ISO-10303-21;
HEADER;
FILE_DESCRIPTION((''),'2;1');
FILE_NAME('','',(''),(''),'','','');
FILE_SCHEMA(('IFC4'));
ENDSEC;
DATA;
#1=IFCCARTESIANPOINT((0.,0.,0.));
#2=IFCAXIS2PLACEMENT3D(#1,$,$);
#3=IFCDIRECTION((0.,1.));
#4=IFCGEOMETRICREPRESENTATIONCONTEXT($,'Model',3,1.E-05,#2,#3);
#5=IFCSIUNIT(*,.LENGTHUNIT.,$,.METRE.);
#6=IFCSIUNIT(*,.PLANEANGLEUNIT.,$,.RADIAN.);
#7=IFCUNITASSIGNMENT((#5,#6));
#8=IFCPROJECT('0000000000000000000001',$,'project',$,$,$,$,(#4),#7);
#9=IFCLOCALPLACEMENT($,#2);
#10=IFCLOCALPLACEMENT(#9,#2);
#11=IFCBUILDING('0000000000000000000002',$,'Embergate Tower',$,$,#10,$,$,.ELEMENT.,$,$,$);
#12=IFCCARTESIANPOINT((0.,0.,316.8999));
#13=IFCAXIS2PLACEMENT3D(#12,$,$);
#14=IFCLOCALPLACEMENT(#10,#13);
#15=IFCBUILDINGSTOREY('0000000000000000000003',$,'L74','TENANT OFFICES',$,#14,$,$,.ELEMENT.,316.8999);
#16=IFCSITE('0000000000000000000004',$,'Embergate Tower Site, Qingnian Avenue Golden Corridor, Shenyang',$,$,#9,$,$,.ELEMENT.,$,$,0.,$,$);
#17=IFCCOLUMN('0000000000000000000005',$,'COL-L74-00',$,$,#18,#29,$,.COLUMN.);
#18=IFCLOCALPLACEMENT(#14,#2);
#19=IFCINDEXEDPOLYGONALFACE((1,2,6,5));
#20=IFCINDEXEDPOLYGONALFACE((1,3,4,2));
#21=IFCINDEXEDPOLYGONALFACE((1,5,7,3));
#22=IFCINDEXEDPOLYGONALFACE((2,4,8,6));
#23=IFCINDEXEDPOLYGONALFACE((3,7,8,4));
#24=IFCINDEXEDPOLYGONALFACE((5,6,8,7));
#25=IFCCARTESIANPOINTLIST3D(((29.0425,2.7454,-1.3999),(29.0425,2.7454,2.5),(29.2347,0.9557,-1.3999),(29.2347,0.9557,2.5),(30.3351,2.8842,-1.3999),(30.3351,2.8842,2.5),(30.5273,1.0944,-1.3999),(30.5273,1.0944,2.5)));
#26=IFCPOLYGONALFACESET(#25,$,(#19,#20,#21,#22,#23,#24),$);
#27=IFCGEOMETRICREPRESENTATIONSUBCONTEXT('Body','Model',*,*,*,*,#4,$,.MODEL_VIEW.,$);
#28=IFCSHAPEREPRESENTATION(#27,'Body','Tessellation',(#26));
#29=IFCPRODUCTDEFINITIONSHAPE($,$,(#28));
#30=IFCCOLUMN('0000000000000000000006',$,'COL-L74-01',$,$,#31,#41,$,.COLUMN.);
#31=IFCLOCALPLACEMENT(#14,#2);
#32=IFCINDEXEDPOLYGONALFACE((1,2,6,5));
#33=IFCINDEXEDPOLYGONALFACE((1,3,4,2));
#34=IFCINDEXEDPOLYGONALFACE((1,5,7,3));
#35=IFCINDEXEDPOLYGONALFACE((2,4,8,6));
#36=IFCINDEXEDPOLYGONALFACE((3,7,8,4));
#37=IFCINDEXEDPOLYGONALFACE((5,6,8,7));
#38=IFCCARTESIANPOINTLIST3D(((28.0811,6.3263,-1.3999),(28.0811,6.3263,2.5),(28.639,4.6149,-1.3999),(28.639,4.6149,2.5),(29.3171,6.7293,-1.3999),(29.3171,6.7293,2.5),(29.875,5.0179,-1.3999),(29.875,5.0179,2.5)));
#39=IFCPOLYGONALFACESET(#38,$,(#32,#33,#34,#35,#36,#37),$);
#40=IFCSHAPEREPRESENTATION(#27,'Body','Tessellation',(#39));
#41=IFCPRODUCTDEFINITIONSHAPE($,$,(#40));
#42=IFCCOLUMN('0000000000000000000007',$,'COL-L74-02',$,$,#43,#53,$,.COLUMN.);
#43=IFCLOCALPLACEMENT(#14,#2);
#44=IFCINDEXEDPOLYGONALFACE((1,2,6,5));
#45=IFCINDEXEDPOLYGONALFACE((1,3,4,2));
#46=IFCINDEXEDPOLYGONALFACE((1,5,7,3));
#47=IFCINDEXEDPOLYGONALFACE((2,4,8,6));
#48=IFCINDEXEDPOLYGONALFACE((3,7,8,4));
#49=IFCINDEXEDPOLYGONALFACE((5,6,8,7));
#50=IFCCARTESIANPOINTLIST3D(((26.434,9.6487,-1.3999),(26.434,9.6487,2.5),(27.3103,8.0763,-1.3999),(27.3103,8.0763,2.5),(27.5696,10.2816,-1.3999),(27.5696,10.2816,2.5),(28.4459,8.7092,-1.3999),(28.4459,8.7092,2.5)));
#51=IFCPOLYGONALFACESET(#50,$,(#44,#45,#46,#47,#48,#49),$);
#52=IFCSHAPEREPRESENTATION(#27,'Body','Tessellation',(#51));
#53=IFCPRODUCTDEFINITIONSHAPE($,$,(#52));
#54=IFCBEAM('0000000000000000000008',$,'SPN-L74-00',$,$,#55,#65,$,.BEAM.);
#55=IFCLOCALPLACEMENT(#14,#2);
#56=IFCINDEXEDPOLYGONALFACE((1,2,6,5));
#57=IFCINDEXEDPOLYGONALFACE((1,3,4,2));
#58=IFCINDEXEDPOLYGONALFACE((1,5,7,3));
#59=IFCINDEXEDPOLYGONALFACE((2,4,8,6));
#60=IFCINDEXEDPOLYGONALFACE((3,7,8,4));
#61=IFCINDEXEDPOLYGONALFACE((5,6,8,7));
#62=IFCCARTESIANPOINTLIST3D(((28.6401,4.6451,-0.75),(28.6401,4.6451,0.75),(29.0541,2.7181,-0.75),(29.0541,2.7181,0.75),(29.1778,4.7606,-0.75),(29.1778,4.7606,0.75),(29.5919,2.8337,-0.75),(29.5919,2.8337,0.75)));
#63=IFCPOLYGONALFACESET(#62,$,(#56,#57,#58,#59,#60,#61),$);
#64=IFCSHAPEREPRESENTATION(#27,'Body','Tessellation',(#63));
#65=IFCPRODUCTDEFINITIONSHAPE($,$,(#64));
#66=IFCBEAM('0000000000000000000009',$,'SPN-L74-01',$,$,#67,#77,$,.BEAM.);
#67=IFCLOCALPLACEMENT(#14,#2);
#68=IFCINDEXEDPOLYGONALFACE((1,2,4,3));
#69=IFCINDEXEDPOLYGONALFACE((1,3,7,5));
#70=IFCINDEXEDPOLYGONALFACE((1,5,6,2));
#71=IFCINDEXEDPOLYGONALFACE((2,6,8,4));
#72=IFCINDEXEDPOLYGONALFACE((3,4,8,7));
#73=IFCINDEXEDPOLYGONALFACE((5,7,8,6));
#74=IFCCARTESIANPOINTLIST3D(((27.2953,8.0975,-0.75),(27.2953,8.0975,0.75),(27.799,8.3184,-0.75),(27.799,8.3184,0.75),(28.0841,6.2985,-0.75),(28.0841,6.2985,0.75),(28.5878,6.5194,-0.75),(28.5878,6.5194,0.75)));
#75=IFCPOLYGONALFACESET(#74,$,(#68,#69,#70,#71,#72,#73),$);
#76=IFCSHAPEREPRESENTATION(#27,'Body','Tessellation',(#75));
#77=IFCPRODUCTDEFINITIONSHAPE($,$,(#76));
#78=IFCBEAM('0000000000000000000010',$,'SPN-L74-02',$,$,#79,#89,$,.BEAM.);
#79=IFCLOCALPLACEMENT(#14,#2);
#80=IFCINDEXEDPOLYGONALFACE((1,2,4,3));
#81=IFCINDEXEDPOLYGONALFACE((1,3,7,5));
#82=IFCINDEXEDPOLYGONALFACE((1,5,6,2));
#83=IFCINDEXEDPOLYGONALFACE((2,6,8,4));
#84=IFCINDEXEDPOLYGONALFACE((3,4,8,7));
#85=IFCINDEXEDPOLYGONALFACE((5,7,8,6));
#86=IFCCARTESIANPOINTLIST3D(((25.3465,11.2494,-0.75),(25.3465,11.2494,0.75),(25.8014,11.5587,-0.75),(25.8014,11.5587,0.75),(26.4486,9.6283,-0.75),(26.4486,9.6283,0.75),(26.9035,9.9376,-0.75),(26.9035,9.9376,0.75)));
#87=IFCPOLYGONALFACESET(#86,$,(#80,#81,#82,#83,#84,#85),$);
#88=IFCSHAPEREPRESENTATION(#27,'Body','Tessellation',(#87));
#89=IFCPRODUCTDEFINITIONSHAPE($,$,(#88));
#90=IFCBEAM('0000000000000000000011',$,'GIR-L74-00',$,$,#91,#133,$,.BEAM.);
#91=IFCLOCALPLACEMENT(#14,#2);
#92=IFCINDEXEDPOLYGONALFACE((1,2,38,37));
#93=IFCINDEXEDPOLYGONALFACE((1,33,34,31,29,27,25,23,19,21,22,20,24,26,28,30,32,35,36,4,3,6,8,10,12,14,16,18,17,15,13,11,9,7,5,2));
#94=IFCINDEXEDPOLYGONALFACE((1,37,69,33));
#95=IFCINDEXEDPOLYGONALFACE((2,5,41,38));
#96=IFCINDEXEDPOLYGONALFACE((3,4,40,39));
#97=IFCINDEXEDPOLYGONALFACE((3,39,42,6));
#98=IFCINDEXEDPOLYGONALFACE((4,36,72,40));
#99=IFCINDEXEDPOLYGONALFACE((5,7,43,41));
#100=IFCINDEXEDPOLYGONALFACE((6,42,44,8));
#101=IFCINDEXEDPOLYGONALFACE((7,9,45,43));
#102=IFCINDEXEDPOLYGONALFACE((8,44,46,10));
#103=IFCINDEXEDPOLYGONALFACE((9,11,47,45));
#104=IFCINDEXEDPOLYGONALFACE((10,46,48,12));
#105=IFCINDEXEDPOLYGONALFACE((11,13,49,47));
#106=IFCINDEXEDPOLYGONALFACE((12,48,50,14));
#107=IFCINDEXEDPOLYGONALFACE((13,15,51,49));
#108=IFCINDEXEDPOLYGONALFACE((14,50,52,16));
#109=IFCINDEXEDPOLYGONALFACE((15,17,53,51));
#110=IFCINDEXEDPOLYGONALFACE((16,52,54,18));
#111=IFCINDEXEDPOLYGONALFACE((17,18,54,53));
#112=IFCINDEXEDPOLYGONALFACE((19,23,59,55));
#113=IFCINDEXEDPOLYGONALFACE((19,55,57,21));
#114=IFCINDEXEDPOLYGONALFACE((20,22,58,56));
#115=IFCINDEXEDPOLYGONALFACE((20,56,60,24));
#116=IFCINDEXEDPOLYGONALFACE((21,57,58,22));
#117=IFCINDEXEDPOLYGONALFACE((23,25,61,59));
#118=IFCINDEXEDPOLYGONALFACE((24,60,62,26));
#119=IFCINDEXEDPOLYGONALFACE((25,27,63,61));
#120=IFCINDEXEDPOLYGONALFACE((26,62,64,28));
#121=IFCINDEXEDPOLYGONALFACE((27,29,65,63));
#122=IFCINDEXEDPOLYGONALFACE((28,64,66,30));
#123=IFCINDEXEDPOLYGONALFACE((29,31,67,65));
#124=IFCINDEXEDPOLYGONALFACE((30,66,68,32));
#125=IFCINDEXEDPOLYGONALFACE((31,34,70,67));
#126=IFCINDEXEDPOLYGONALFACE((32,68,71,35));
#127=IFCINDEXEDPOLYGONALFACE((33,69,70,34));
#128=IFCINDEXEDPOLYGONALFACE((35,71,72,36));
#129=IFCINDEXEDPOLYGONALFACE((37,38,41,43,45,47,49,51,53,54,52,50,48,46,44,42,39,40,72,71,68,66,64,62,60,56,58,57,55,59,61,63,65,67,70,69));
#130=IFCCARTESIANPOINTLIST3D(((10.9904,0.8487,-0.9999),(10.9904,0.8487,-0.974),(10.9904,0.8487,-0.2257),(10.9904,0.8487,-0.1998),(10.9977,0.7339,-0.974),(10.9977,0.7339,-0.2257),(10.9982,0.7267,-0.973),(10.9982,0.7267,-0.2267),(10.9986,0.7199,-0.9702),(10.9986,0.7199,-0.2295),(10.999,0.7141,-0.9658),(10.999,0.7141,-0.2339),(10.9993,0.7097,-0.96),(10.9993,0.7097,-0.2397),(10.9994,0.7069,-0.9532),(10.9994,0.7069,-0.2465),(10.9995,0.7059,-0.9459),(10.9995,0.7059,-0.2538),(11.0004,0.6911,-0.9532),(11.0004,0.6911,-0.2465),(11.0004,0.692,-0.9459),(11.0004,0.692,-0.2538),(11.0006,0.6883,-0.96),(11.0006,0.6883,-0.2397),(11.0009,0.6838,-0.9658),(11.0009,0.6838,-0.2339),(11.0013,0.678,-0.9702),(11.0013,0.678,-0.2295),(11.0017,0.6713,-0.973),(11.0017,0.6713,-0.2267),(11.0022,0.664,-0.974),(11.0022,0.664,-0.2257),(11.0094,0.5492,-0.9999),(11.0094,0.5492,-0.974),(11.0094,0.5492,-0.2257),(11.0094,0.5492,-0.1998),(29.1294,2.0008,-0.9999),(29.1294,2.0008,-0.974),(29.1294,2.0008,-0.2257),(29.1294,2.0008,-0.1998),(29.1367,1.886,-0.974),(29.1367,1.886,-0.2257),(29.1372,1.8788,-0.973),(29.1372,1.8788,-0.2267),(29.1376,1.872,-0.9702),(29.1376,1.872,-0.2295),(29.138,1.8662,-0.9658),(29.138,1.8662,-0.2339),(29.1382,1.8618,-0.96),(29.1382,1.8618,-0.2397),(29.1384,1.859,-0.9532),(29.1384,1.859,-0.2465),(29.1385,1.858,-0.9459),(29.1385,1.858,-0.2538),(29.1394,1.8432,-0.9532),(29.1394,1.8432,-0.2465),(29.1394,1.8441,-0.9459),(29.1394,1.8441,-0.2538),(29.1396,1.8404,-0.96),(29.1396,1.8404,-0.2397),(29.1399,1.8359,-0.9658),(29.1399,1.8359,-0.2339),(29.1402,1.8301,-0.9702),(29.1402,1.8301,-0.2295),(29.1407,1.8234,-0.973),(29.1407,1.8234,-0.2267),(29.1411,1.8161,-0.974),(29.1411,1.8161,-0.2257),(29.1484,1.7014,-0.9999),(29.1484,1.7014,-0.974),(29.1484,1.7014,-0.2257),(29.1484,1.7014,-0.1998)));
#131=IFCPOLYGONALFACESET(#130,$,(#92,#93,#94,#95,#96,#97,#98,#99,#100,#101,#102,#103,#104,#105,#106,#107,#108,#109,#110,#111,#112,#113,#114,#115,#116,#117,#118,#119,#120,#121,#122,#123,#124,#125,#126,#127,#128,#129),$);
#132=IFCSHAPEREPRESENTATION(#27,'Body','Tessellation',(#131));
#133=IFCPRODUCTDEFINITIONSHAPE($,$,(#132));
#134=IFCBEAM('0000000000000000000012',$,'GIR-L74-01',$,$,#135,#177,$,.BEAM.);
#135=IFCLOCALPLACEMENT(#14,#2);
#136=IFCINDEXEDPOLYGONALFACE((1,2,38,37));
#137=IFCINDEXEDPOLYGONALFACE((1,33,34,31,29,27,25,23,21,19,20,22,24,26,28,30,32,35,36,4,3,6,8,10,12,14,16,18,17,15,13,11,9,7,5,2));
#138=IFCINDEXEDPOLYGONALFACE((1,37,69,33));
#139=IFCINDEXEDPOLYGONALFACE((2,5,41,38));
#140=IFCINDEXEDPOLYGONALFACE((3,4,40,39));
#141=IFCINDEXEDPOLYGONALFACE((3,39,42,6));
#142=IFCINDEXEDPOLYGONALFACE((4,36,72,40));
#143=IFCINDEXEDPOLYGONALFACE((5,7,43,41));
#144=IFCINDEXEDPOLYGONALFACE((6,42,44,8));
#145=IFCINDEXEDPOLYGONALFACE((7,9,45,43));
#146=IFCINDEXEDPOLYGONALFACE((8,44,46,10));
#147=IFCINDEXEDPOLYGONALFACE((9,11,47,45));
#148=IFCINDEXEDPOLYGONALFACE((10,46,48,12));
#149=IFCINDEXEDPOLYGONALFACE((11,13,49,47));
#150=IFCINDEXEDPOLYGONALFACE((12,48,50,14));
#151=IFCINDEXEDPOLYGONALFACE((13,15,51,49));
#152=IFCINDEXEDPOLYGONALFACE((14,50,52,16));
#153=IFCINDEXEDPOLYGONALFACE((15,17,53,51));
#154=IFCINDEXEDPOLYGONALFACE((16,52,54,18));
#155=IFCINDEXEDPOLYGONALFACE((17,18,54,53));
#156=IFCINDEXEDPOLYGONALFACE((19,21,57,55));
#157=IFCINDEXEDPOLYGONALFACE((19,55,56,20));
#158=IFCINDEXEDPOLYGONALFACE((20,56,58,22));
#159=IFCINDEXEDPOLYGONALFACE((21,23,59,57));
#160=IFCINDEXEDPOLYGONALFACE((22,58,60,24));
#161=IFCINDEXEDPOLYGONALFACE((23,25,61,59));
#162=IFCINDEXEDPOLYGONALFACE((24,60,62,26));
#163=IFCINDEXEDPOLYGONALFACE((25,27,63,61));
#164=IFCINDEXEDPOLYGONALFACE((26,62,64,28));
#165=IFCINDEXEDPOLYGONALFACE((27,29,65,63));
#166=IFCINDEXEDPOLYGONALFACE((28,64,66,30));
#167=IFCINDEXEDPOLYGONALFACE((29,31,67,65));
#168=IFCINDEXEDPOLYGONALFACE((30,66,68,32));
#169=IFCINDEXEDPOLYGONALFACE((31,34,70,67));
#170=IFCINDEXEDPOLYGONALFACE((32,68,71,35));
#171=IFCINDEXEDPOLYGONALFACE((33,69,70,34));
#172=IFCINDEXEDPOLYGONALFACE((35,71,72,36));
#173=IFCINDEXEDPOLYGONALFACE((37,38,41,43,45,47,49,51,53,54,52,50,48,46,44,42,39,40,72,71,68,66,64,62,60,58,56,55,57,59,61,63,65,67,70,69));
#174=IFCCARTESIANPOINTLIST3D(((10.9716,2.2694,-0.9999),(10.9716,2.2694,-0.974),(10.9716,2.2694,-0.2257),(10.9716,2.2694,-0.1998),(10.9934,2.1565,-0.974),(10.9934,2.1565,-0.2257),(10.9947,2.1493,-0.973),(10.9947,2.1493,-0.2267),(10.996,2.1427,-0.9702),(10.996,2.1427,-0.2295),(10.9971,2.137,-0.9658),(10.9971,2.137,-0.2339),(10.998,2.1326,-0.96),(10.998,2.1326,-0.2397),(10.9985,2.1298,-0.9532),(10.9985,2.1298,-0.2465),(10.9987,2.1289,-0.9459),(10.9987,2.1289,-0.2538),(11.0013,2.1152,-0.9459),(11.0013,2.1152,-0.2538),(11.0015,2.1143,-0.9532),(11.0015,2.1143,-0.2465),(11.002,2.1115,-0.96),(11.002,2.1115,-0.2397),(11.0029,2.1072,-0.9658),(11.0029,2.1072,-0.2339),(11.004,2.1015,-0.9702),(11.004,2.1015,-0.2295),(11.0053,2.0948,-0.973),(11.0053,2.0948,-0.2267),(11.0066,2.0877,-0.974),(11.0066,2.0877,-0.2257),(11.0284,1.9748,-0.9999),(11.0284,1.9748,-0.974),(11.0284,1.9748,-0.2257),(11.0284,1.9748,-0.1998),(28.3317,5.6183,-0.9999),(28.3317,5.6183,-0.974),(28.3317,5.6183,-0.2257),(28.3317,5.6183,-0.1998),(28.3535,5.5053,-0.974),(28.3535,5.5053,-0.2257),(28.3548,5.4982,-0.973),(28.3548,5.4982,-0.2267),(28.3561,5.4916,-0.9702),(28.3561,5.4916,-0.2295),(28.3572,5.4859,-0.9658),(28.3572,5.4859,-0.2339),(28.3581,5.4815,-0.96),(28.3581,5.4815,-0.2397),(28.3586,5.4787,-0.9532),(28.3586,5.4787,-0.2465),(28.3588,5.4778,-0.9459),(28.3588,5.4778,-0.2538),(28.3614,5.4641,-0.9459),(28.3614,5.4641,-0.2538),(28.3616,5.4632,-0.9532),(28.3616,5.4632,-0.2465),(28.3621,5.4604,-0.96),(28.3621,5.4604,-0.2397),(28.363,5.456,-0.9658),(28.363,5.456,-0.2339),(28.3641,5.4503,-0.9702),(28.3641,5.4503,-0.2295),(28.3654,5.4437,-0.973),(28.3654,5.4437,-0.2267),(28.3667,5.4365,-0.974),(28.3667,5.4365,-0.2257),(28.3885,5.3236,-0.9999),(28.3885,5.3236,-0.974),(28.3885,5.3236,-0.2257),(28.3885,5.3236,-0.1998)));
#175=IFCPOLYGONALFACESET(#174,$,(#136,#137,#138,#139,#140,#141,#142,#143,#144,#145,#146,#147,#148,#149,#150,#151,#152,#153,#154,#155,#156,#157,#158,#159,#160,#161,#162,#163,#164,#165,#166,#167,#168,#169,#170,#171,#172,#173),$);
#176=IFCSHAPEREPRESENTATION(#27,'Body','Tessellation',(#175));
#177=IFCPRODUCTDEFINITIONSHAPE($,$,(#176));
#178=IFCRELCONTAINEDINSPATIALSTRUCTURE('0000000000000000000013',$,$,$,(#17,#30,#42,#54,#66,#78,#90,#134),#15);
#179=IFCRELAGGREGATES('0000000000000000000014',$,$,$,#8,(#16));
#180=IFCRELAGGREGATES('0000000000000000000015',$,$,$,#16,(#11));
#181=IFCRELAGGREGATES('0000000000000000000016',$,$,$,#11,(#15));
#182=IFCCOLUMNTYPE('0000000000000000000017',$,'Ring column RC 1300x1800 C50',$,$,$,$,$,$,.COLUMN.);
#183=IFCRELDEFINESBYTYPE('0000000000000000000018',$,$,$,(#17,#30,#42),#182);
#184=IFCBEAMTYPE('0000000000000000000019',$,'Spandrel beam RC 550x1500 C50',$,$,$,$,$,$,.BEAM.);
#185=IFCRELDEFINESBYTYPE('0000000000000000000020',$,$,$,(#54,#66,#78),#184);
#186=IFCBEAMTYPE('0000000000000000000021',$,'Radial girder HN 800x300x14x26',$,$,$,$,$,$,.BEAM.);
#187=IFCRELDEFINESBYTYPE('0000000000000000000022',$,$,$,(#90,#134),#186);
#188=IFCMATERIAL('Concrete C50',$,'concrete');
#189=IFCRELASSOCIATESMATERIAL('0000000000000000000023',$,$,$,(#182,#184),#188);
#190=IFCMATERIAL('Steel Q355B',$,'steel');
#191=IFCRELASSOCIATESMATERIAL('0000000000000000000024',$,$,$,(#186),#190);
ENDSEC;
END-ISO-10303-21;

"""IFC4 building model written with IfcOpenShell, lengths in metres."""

from ifc_helpers import new_model, si_unit, direction, frame, origin, origin_2d, place, context, subcontext, project, spatial, rectangle, i_section, extrude, source, transform, mapped, material, material_profile, profile_set, type_object, element, save


model = new_model("IFC4")

# Units and contexts
model_context = context("Model", 3, precision=1e-05, world=origin(), true_north=direction((0.0, 1.0)))
body_context = subcontext(model_context, "Body", "Model", "MODEL_VIEW")
ifc_project = project(units=[si_unit("LENGTHUNIT", "METRE"), si_unit("PLANEANGLEUNIT", "RADIAN")], contexts=[model_context])

# Site, building, storey
site_placement = place(None, origin())
site = spatial("IfcSite", under=ifc_project, at=site_placement, Name="Embergate Tower Site, Qingnian Avenue Golden Corridor, Shenyang", CompositionType="ELEMENT", RefElevation=0.0)
building_placement = place(site_placement, origin())
building = spatial("IfcBuilding", under=site, at=building_placement, Name="Embergate Tower", CompositionType="ELEMENT")
storey_placement = place(building_placement, frame((0.0, 0.0, 316.8999)))
storey = spatial("IfcBuildingStorey", under=building, at=storey_placement, Name="L74", Description="TENANT OFFICES", CompositionType="ELEMENT", Elevation=316.8999)

# Columns
ifc_material_1 = material(Name="Concrete C50", Category="concrete")
ifc_material_profile_1 = material_profile(ifc_material_1, rectangle(XDim=1.3, YDim=1.8, at=origin_2d()), Name="RC 1300x1800")
ifc_profile_set_1 = profile_set([ifc_material_profile_1], Name="Concrete C50")
column_type = type_object("IfcColumnType", Name="Ring column RC 1300x1800 C50", PredefinedType="COLUMN", material=ifc_profile_set_1)
shared_shape_1 = source(origin(), body_context, "Body", "SweptSolid", [
    extrude(rectangle(XDim=1.3, YDim=1.8, at=origin_2d()), origin(), (0.0, 0.0, 1.0), 3.8999),
])
for number, where, z_axis, x_axis, name in (
    (1, (29.7849, 1.9199, -1.3999), (0.0, 0.0, 1.0), (0.994286, 0.10675, 0.0), "COL-L74-00"),
    (2, (28.978, 5.6721, -1.3999), (0.0, 0.0, 1.0), (0.950754, 0.309946, 0.0), "COL-L74-01"),
    (3, (27.4399, 9.179, -1.3999), (0.0, 0.0, 1.0), (0.8735, 0.486823, 0.0), "COL-L74-02"),
):
    element("IfcColumn", number, at=place(storey_placement, frame(where, z_axis=z_axis, x_axis=x_axis)), inside=storey, type_object=column_type, Name=name, PredefinedType="COLUMN", context=body_context, shape_type="MappedRepresentation", body=[
        mapped(shared_shape_1, transform((0.0, 0.0, 0.0))),
    ])

# Beams
ifc_material_profile_2 = material_profile(ifc_material_1, rectangle(XDim=0.55, YDim=1.5, at=origin_2d()), Name="RC 550x1500")
ifc_profile_set_2 = profile_set([ifc_material_profile_2], Name="Concrete C50")
beam_type_1 = type_object("IfcBeamType", Name="Spandrel beam RC 550x1500 C50", PredefinedType="BEAM", material=ifc_profile_set_2)
shared_shape_2 = source(origin(), body_context, "Body", "SweptSolid", [
    extrude(rectangle(XDim=0.55, YDim=1.5, at=origin_2d()), origin(), (0.0, 0.0, 1.0), 1.9709),
])
beam_1_placement = place(storey_placement, frame((29.323, 2.7759, 0.0), z_axis=(-0.210079, 0.977684, 0.0), x_axis=(-0.977684, -0.210079, 0.0)))
element("IfcBeam", 4, at=beam_1_placement, inside=storey, type_object=beam_type_1, Name="SPN-L74-00", PredefinedType="BEAM", context=body_context, shape_type="MappedRepresentation", body=[
    mapped(shared_shape_2, transform((0.0, 0.0, 0.0))),
])
shared_shape_3 = source(origin(), body_context, "Body", "SweptSolid", [
    extrude(rectangle(XDim=0.55, YDim=1.5, at=origin_2d()), origin(), (0.0, 0.0, 1.0), 1.9644),
])
beam_2_placement = place(storey_placement, frame((28.3359, 6.4089, 0.0), z_axis=(-0.401555, 0.915835, 0.0), x_axis=(-0.915835, -0.401555, 0.0)))
element("IfcBeam", 5, at=beam_2_placement, inside=storey, type_object=beam_type_1, Name="SPN-L74-01", PredefinedType="BEAM", context=body_context, shape_type="MappedRepresentation", body=[
    mapped(shared_shape_3, transform((0.0, 0.0, 0.0))),
])
shared_shape_4 = source(origin(), body_context, "Body", "SweptSolid", [
    extrude(rectangle(XDim=0.55, YDim=1.5, at=origin_2d()), origin(), (0.0, 0.0, 1.0), 1.9602),
])
beam_3_placement = place(storey_placement, frame((26.676, 9.783, 0.0), z_axis=(-0.562208, 0.826996, 0.0), x_axis=(-0.826996, -0.562208, 0.0)))
element("IfcBeam", 6, at=beam_3_placement, inside=storey, type_object=beam_type_1, Name="SPN-L74-02", PredefinedType="BEAM", context=body_context, shape_type="MappedRepresentation", body=[
    mapped(shared_shape_4, transform((0.0, 0.0, 0.0))),
])
ifc_material_2 = material(Name="Steel Q355B", Category="steel")
ifc_material_profile_3 = material_profile(ifc_material_2, i_section(OverallWidth=0.3, OverallDepth=0.8, WebThickness=0.0139, FlangeThickness=0.0259, FilletRadius=0.0281, at=origin_2d()), Name="HN 800x300x14x26")
ifc_profile_set_3 = profile_set([ifc_material_profile_3], Name="Steel Q355 grade B")
beam_type_2 = type_object("IfcBeamType", Name="Radial girder HN 800x300x14x26", PredefinedType="BEAM", material=ifc_profile_set_3)
shared_shape_5 = source(origin(), body_context, "Body", "SweptSolid", [
    extrude(i_section(OverallWidth=0.3, OverallDepth=0.8, WebThickness=0.0139, FlangeThickness=0.0259, FilletRadius=0.0281, at=origin_2d()), origin(), (0.0, 0.0, 1.0), 18.1755),
])
beam_4_placement = place(storey_placement, frame((29.1389, 1.8511, -0.5999), z_axis=(-0.997989, -0.063388, 0.0), x_axis=(0.063388, -0.997989, 0.0)))
element("IfcBeam", 7, at=beam_4_placement, inside=storey, type_object=beam_type_2, Name="GIR-L74-00", PredefinedType="BEAM", context=body_context, shape_type="MappedRepresentation", body=[
    mapped(shared_shape_5, transform((0.0, 0.0, 0.0))),
])
shared_shape_6 = source(origin(), body_context, "Body", "SweptSolid", [
    extrude(i_section(OverallWidth=0.3, OverallDepth=0.8, WebThickness=0.0139, FlangeThickness=0.0259, FilletRadius=0.0281, at=origin_2d()), origin(), (0.0, 0.0, 1.0), 17.6802),
])
beam_5_placement = place(storey_placement, frame((28.3601, 5.4709, -0.5999), z_axis=(-0.981897, -0.189414, 0.0), x_axis=(0.189414, -0.981897, 0.0)))
element("IfcBeam", 8, at=beam_5_placement, inside=storey, type_object=beam_type_2, Name="GIR-L74-01", PredefinedType="BEAM", context=body_context, shape_type="MappedRepresentation", body=[
    mapped(shared_shape_6, transform((0.0, 0.0, 0.0))),
])

save(model, "model.ifc")
